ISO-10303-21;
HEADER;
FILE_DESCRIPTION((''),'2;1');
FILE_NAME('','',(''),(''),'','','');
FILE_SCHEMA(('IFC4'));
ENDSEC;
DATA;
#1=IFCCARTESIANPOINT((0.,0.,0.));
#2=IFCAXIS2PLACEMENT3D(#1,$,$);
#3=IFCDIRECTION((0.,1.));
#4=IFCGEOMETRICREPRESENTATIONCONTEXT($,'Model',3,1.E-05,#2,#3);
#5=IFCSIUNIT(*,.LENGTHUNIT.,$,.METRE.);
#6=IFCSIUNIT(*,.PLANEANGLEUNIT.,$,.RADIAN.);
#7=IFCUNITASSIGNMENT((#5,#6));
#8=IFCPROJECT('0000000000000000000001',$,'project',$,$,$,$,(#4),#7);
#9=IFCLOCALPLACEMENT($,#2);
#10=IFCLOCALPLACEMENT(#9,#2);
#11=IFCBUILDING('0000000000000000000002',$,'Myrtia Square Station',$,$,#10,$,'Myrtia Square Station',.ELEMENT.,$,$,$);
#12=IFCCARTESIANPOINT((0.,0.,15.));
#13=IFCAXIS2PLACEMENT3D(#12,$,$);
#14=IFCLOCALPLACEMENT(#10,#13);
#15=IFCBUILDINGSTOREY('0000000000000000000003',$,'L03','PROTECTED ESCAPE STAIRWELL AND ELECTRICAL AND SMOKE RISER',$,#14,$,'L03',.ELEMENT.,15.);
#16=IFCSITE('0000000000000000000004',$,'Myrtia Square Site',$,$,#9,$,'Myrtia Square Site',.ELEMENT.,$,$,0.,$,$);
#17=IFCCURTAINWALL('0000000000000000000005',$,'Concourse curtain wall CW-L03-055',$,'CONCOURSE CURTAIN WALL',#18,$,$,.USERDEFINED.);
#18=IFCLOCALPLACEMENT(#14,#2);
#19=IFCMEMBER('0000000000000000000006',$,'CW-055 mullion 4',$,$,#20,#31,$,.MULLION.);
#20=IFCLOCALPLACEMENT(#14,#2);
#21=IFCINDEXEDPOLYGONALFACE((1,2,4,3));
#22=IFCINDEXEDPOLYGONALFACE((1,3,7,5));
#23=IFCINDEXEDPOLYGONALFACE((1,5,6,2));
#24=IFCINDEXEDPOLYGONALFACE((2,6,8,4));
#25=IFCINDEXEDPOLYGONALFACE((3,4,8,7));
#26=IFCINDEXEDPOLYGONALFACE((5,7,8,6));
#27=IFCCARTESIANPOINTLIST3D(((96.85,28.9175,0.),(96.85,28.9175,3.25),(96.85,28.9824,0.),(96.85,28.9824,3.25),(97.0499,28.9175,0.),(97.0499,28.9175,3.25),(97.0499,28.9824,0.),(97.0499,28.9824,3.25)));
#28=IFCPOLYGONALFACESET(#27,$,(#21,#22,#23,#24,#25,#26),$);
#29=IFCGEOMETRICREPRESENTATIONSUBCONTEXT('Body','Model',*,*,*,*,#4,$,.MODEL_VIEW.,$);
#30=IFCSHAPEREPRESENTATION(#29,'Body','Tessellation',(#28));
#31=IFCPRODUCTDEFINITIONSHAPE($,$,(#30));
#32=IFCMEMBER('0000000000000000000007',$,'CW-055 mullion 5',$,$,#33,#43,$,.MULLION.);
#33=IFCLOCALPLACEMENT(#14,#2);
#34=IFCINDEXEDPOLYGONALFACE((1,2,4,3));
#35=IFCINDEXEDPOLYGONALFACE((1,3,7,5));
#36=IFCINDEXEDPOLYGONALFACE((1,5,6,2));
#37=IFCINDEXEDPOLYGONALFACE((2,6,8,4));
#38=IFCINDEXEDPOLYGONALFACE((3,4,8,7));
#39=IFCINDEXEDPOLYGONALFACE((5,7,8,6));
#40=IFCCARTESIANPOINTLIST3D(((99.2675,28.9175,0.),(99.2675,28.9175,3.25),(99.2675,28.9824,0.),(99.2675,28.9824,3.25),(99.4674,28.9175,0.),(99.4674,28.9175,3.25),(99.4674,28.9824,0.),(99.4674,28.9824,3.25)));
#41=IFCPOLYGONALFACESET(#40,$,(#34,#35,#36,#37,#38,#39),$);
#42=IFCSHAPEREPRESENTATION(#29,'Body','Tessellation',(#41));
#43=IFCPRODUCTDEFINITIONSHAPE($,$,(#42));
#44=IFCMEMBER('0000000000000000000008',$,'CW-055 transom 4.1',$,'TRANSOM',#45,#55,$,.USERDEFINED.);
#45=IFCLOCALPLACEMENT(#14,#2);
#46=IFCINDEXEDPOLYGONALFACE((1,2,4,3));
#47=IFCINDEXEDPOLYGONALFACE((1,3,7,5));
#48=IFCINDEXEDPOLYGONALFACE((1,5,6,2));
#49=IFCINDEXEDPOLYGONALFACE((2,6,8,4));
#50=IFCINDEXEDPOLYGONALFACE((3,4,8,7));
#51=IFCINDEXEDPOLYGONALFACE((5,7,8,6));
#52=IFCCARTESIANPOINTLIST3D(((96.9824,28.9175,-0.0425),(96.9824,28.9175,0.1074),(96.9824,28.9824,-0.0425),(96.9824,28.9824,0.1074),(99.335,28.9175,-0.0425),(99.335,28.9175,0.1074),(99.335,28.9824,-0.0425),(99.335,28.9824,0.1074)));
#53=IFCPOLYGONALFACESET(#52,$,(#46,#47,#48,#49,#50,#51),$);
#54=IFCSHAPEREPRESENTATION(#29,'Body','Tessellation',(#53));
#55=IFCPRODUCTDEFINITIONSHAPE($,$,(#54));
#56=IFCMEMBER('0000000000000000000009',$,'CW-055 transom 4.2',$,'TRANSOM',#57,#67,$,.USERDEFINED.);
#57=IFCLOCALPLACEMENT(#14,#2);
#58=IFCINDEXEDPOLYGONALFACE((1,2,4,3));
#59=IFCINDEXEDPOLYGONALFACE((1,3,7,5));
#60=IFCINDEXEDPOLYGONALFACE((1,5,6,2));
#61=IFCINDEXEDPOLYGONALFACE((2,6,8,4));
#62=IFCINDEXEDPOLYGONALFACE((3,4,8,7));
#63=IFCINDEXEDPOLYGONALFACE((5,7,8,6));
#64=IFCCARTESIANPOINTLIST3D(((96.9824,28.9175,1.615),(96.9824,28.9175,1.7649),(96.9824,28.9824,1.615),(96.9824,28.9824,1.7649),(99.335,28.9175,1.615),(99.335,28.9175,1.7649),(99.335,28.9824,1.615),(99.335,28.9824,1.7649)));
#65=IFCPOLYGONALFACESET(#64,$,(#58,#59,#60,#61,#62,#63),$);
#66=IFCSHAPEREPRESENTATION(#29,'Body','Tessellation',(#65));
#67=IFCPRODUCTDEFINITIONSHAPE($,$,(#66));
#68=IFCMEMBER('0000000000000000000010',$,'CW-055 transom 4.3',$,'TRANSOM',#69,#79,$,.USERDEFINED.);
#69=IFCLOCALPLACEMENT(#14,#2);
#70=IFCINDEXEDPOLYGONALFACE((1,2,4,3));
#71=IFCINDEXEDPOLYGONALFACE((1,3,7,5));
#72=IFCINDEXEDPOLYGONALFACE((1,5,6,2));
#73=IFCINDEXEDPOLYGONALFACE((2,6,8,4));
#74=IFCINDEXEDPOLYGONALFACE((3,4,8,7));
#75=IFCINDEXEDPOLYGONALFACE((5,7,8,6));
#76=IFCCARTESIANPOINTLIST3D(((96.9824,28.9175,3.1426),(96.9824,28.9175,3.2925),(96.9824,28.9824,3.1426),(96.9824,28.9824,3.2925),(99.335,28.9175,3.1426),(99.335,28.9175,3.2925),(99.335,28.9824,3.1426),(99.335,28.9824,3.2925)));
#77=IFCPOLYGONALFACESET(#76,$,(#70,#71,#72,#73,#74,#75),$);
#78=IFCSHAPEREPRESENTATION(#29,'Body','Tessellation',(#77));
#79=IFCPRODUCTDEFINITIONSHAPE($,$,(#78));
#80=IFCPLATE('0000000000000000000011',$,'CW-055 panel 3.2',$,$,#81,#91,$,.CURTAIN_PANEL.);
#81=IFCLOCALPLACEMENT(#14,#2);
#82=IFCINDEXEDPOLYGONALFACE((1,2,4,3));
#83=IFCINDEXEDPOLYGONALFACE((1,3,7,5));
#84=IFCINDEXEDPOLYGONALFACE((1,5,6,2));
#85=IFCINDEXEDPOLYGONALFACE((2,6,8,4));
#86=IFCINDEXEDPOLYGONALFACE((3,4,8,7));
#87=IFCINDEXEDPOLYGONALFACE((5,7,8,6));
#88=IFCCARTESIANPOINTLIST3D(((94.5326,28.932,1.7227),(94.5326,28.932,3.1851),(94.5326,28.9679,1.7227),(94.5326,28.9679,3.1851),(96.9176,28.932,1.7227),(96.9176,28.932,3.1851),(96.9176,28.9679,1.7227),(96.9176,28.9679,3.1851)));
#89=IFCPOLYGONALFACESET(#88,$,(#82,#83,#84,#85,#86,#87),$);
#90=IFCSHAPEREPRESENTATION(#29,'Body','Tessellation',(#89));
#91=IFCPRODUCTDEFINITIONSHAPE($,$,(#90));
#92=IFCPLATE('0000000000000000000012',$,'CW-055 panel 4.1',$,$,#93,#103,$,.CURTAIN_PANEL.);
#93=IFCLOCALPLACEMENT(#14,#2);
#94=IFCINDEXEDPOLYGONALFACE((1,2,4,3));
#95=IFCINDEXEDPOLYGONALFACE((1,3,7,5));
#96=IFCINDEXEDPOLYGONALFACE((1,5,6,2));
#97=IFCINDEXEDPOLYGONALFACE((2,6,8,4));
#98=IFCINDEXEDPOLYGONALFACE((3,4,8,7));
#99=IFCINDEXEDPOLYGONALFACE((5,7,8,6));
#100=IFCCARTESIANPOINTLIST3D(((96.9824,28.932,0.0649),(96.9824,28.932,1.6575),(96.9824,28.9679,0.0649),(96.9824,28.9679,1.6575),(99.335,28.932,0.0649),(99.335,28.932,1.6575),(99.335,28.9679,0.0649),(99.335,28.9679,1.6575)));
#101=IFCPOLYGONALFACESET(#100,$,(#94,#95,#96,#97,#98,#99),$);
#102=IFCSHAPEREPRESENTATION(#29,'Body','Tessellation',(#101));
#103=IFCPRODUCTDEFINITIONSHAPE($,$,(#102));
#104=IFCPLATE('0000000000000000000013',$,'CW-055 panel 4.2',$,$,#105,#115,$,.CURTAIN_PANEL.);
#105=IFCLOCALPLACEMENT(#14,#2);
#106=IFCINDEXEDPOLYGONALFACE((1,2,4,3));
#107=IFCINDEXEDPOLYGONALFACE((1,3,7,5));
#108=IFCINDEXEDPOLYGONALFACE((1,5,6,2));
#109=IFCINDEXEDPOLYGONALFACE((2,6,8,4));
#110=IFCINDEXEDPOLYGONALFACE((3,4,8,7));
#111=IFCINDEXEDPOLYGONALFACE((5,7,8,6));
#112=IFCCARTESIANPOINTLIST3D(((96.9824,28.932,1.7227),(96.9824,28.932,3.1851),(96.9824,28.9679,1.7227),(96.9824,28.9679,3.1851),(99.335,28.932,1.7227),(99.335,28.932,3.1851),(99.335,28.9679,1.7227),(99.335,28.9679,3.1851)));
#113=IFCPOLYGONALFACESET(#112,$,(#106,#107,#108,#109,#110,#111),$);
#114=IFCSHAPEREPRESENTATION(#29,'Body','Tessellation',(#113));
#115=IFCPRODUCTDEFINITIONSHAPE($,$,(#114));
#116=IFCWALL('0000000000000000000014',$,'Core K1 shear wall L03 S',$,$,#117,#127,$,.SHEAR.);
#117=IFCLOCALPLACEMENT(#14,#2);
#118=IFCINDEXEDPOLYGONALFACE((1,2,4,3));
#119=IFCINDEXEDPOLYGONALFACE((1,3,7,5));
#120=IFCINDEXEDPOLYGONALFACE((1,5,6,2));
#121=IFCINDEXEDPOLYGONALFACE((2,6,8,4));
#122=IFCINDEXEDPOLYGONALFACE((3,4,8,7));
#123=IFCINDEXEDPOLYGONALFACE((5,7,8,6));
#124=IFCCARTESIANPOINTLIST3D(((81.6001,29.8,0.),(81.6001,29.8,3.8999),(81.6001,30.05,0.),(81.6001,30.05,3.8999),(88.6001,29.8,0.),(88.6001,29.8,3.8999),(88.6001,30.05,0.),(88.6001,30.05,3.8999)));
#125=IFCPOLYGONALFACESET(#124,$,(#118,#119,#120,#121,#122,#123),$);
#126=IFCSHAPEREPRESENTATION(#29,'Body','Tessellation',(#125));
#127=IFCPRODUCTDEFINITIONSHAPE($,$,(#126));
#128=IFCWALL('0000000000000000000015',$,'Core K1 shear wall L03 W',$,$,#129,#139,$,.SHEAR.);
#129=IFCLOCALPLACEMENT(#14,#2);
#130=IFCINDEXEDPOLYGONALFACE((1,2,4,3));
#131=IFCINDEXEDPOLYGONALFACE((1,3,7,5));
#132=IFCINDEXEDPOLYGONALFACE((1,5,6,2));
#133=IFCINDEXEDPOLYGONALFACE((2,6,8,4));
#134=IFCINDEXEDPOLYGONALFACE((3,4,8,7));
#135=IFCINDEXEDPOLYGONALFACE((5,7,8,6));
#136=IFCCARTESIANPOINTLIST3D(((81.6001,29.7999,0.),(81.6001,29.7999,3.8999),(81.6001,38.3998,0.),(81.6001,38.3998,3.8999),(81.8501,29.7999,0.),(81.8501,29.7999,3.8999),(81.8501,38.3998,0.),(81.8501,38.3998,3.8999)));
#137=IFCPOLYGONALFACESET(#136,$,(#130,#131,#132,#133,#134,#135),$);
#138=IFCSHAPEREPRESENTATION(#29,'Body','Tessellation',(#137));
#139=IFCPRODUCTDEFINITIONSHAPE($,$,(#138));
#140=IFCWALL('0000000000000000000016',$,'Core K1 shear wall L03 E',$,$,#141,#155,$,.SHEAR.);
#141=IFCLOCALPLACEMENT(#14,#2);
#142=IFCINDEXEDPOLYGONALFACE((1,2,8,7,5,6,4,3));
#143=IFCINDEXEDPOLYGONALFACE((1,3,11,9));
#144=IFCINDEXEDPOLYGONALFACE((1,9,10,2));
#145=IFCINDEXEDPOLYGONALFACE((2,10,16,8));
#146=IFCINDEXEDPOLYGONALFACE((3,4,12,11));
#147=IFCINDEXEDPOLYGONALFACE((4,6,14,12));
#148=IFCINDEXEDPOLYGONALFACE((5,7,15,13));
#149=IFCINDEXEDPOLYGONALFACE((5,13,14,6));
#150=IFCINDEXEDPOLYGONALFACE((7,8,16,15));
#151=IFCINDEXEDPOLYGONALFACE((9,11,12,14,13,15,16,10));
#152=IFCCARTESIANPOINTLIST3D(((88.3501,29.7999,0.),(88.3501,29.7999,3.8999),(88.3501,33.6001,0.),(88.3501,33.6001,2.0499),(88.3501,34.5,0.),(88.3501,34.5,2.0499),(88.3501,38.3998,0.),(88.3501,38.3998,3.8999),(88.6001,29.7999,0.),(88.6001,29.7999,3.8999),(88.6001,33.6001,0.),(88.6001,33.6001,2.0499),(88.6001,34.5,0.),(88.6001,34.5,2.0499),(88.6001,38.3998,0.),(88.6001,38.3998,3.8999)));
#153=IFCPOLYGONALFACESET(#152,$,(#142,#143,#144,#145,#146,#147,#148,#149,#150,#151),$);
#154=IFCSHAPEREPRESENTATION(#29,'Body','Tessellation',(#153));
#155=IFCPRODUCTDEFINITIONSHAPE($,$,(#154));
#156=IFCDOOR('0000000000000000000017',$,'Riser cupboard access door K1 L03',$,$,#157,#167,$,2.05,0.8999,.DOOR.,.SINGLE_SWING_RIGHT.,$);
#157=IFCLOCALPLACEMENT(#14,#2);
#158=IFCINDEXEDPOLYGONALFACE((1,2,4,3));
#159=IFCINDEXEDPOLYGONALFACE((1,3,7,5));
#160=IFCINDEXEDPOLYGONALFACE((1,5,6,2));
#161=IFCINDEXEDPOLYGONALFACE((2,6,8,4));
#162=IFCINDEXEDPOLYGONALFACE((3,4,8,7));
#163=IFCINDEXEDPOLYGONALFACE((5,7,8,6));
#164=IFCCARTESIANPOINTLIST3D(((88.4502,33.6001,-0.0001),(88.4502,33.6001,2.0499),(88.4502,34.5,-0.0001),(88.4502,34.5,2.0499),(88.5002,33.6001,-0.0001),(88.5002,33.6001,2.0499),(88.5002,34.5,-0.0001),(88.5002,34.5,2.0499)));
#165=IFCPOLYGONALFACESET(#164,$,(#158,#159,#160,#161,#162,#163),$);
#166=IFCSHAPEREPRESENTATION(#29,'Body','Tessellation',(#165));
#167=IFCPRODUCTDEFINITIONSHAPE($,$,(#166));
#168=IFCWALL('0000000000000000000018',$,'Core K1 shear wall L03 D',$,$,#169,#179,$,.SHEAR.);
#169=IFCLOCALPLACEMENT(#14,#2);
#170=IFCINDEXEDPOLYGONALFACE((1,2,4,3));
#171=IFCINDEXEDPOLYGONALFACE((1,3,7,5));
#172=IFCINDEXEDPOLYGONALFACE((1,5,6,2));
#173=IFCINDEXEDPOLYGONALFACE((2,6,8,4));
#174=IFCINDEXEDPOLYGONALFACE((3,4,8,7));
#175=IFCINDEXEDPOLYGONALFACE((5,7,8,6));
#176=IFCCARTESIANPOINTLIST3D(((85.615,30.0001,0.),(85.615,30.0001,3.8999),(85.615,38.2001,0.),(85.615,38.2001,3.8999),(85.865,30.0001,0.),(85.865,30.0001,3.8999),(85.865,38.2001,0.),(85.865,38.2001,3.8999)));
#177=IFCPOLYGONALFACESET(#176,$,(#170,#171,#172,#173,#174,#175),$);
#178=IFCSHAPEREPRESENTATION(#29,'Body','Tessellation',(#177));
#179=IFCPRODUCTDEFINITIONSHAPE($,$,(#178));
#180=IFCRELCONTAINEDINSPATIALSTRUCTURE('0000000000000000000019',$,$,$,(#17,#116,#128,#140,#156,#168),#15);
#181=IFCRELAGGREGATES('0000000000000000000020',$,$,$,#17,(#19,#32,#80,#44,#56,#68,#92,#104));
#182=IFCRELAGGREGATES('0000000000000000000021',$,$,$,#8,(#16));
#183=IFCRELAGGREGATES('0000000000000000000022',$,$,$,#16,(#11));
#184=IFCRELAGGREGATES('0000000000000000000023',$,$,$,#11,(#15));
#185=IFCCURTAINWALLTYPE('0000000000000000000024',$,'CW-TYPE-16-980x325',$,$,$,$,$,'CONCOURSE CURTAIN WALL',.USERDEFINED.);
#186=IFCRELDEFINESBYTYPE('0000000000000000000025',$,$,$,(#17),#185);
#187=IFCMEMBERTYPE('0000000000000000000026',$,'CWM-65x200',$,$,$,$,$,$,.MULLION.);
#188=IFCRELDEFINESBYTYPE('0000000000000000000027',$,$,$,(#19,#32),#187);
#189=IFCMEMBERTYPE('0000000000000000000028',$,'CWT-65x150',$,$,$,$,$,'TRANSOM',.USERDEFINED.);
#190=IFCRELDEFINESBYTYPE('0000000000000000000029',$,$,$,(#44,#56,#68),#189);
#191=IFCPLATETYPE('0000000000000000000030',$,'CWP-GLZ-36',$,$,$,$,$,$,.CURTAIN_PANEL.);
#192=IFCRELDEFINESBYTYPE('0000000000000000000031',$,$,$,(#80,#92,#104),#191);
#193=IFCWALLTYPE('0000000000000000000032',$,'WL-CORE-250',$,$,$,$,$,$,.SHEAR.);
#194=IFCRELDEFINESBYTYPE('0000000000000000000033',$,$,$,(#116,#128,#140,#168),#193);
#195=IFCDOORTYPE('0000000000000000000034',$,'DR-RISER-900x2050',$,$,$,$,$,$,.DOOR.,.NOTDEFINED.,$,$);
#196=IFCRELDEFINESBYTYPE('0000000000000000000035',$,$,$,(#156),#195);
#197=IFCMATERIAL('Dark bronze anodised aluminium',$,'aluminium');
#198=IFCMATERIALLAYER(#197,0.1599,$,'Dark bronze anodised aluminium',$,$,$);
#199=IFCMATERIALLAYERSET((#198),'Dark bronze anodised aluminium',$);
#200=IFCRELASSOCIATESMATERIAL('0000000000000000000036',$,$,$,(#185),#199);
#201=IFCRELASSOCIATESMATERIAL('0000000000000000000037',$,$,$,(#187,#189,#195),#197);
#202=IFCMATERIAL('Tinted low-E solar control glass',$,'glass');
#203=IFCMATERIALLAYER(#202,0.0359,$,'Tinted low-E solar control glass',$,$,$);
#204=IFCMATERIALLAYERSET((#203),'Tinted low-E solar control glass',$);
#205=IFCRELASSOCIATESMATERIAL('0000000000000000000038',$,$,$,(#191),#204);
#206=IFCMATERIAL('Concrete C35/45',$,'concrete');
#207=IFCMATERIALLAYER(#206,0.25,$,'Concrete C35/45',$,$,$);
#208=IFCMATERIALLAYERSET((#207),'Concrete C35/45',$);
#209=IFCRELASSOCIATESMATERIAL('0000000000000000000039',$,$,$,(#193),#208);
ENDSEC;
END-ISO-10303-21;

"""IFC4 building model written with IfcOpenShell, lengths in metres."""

from ifc_helpers import new_model, si_unit, direction, frame, frame_2d, origin, origin_2d, place, context, subcontext, project, spatial, rectangle, extrude, material, layer, layer_set, material_profile, profile_set, type_object, element, fill, aggregate, save


model = new_model("IFC4")

# Units and contexts
model_context = context("Model", 3, precision=1e-05, world=origin(), true_north=direction((0.0, 1.0)))
body_context = subcontext(model_context, "Body", "Model", "MODEL_VIEW")
ifc_project = project(units=[si_unit("LENGTHUNIT", "METRE"), si_unit("PLANEANGLEUNIT", "RADIAN")], contexts=[model_context])

# Site, building, storey
site_placement = place(None, origin())
site = spatial("IfcSite", under=ifc_project, at=site_placement, Name="Myrtia Square Site", LongName="Myrtia Square Site", CompositionType="ELEMENT", RefElevation=0.0)
building_placement = place(site_placement, origin())
building = spatial("IfcBuilding", under=site, at=building_placement, Name="Myrtia Square Station", LongName="Myrtia Square Station", CompositionType="ELEMENT")
storey_placement = place(building_placement, frame((0.0, 0.0, 15.0)))
storey = spatial("IfcBuildingStorey", under=building, at=storey_placement, Name="L03", Description="PROTECTED ESCAPE STAIRWELL AND ELECTRICAL AND SMOKE RISER", LongName="L03", CompositionType="ELEMENT", Elevation=15.0)

# Curtain wall, members, plates
ifc_material_1 = material(Name="Dark bronze anodised aluminium", Category="aluminium")
ifc_layer_1 = layer(ifc_material_1, 0.1599, Name="Dark bronze anodised aluminium")
ifc_layer_set_1 = layer_set([ifc_layer_1], Name="Dark bronze anodised aluminium")
curtain_wall_type = type_object("IfcCurtainWallType", Name="CW-TYPE-16-980x325", ElementType="CONCOURSE CURTAIN WALL", PredefinedType="USERDEFINED", material=ifc_layer_set_1)
curtain_wall_placement = place(storey_placement, origin())
curtain_wall = element("IfcCurtainWall", 1, at=curtain_wall_placement, inside=storey, type_object=curtain_wall_type, Name="Concourse curtain wall CW-L03-055", ObjectType="CONCOURSE CURTAIN WALL", PredefinedType="USERDEFINED")
ifc_material_profile_1 = material_profile(ifc_material_1, rectangle(XDim=0.0649, YDim=0.2, at=origin_2d()), Name="ALU-M 65x200")
ifc_profile_set_1 = profile_set([ifc_material_profile_1], Name="Dark bronze anodised aluminium")
member_type_1 = type_object("IfcMemberType", Name="CWM-65x200", PredefinedType="MULLION", material=ifc_profile_set_1)
member_1_placement = place(storey_placement, frame((96.95, 28.95, 0.0), z_axis=(0.0, 0.0, 1.0), x_axis=(0.0, 1.0, 0.0)))
member_1 = element("IfcMember", 2, at=member_1_placement, type_object=member_type_1, Name="CW-055 mullion 4", PredefinedType="MULLION", context=body_context, shape_type="SweptSolid", body=[
    extrude(rectangle(XDim=0.0649, YDim=0.2, at=origin_2d()), origin(), (0.0, 0.0, 1.0), 3.25),
])
member_2_placement = place(storey_placement, frame((99.3674, 28.95, 0.0), z_axis=(0.0, 0.0, 1.0), x_axis=(0.0, 1.0, 0.0)))
member_2 = element("IfcMember", 3, at=member_2_placement, type_object=member_type_1, Name="CW-055 mullion 5", PredefinedType="MULLION", context=body_context, shape_type="SweptSolid", body=[
    extrude(rectangle(XDim=0.0649, YDim=0.2, at=origin_2d()), origin(), (0.0, 0.0, 1.0), 3.25),
])
ifc_material_profile_2 = material_profile(ifc_material_1, rectangle(XDim=0.0649, YDim=0.1499, at=origin_2d()), Name="ALU-T 65x150")
ifc_profile_set_2 = profile_set([ifc_material_profile_2], Name="Dark bronze anodised aluminium")
member_type_2 = type_object("IfcMemberType", Name="CWT-65x150", ElementType="TRANSOM", PredefinedType="USERDEFINED", material=ifc_profile_set_2)
member_3_placement = place(storey_placement, frame((96.9824, 28.95, 0.0325), z_axis=(1.0, 0.0, 0.0), x_axis=(0.0, 1.0, 0.0)))
member_3 = element("IfcMember", 4, at=member_3_placement, type_object=member_type_2, Name="CW-055 transom 4.1", ObjectType="TRANSOM", PredefinedType="USERDEFINED", context=body_context, shape_type="SweptSolid", body=[
    extrude(rectangle(XDim=0.0649, YDim=0.1499, at=origin_2d()), origin(), (0.0, 0.0, 1.0), 2.3525),
])
member_4_placement = place(storey_placement, frame((96.9824, 28.95, 1.6899), z_axis=(1.0, 0.0, 0.0), x_axis=(0.0, 1.0, 0.0)))
member_4 = element("IfcMember", 5, at=member_4_placement, type_object=member_type_2, Name="CW-055 transom 4.2", ObjectType="TRANSOM", PredefinedType="USERDEFINED", context=body_context, shape_type="SweptSolid", body=[
    extrude(rectangle(XDim=0.0649, YDim=0.1499, at=origin_2d()), origin(), (0.0, 0.0, 1.0), 2.3525),
])
member_5_placement = place(storey_placement, frame((96.9824, 28.95, 3.2175), z_axis=(1.0, 0.0, 0.0), x_axis=(0.0, 1.0, 0.0)))
member_5 = element("IfcMember", 6, at=member_5_placement, type_object=member_type_2, Name="CW-055 transom 4.3", ObjectType="TRANSOM", PredefinedType="USERDEFINED", context=body_context, shape_type="SweptSolid", body=[
    extrude(rectangle(XDim=0.0649, YDim=0.1499, at=origin_2d()), origin(), (0.0, 0.0, 1.0), 2.3525),
])
ifc_material_2 = material(Name="Tinted low-E solar control glass", Category="glass")
ifc_layer_2 = layer(ifc_material_2, 0.0359, Name="Tinted low-E solar control glass")
ifc_layer_set_2 = layer_set([ifc_layer_2], Name="Tinted low-E solar control glass")
plate_type = type_object("IfcPlateType", Name="CWP-GLZ-36", PredefinedType="CURTAIN_PANEL", material=ifc_layer_set_2)
plate_1_placement = place(storey_placement, frame((95.7251, 28.95, 1.7227), z_axis=(0.0, 0.0, 1.0), x_axis=(1.0, 0.0, 0.0)))
plate_1 = element("IfcPlate", 7, at=plate_1_placement, type_object=plate_type, Name="CW-055 panel 3.2", PredefinedType="CURTAIN_PANEL", context=body_context, shape_type="SweptSolid", body=[
    extrude(rectangle(XDim=2.385, YDim=0.0359, at=origin_2d()), origin(), (0.0, 0.0, 1.0), 1.4624),
])
plate_2_placement = place(storey_placement, frame((98.1587, 28.95, 0.0649), z_axis=(0.0, 0.0, 1.0), x_axis=(1.0, 0.0, 0.0)))
plate_2 = element("IfcPlate", 8, at=plate_2_placement, type_object=plate_type, Name="CW-055 panel 4.1", PredefinedType="CURTAIN_PANEL", context=body_context, shape_type="SweptSolid", body=[
    extrude(rectangle(XDim=2.3525, YDim=0.0359, at=origin_2d()), origin(), (0.0, 0.0, 1.0), 1.5925),
])
plate_3_placement = place(storey_placement, frame((98.1587, 28.95, 1.7227), z_axis=(0.0, 0.0, 1.0), x_axis=(1.0, 0.0, 0.0)))
plate_3 = element("IfcPlate", 9, at=plate_3_placement, type_object=plate_type, Name="CW-055 panel 4.2", PredefinedType="CURTAIN_PANEL", context=body_context, shape_type="SweptSolid", body=[
    extrude(rectangle(XDim=2.3525, YDim=0.0359, at=origin_2d()), origin(), (0.0, 0.0, 1.0), 1.4624),
])
aggregate(curtain_wall, [member_1, member_2, plate_1, member_3, member_4, member_5, plate_2, plate_3])

# Walls
ifc_material_3 = material(Name="Concrete C35/45", Category="concrete")
ifc_layer_3 = layer(ifc_material_3, 0.25, Name="Concrete C35/45")
ifc_layer_set_3 = layer_set([ifc_layer_3], Name="Concrete C35/45")
wall_type_1 = type_object("IfcWallType", Name="WL-CORE-250", PredefinedType="SHEAR", material=ifc_layer_set_3)
wall_1_placement = place(storey_placement, frame((81.6001, 29.925, 0.0), z_axis=(0.0, 0.0, 1.0), x_axis=(1.0, 0.0, 0.0)))
element("IfcWall", 10, at=wall_1_placement, inside=storey, type_object=wall_type_1, Name="Core K1 shear wall L03 S", PredefinedType="SHEAR", context=body_context, shape_type="SweptSolid", body=[
    extrude(rectangle(XDim=7.0, YDim=0.25, at=frame_2d((3.5, 0.0))), origin(), (0.0, 0.0, 1.0), 3.8999),
])
wall_2_placement = place(storey_placement, frame((81.7251, 29.8, 0.0), z_axis=(0.0, 0.0, 1.0), x_axis=(0.0, 1.0, 0.0)))
element("IfcWall", 11, at=wall_2_placement, inside=storey, type_object=wall_type_1, Name="Core K1 shear wall L03 W", PredefinedType="SHEAR", context=body_context, shape_type="SweptSolid", body=[
    extrude(rectangle(XDim=8.5999, YDim=0.25, at=frame_2d((4.2998, 0.0))), origin(), (0.0, 0.0, 1.0), 3.8999),
])

# Wall, opening, door
wall_3_placement = place(storey_placement, frame((88.4751, 29.8, 0.0), z_axis=(0.0, 0.0, 1.0), x_axis=(0.0, 1.0, 0.0)))
wall_3 = element("IfcWall", 12, at=wall_3_placement, inside=storey, type_object=wall_type_1, Name="Core K1 shear wall L03 E", PredefinedType="SHEAR", context=body_context, shape_type="SweptSolid", body=[
    extrude(rectangle(XDim=8.5999, YDim=0.25, at=frame_2d((4.2998, 0.0))), origin(), (0.0, 0.0, 1.0), 3.8999),
])
opening_1_placement = place(wall_3_placement, frame((3.8, 0.0, 0.0)))
opening_1 = element("IfcOpeningElement", 13, at=opening_1_placement, cuts=wall_3, PredefinedType="OPENING", context=body_context, shape_type="SweptSolid", body=[
    extrude(rectangle(XDim=0.8999, YDim=2.05, at=frame_2d((0.45, 1.0249))), frame((0.0, 0.1399, 0.0), z_axis=(0.0, -1.0, 0.0), x_axis=(1.0, 0.0, 0.0)), (0.0, 0.0, 1.0), 0.28),
])
door_type_1 = type_object("IfcDoorType", Name="DR-RISER-900x2050", OperationType="NOTDEFINED", PredefinedType="DOOR", material=ifc_material_1)
door_1_placement = place(opening_1_placement, origin())
door_1 = element("IfcDoor", 14, at=door_1_placement, inside=storey, type_object=door_type_1, Name="Riser cupboard access door K1 L03", OperationType="SINGLE_SWING_RIGHT", OverallHeight=2.05, OverallWidth=0.8999, PredefinedType="DOOR", context=body_context, shape_type="SweptSolid", body=[
    extrude(rectangle(XDim=0.8999, YDim=2.05, at=frame_2d((0.45, 1.0249))), frame((0.0, 0.0249, 0.0), z_axis=(0.0, -1.0, 0.0), x_axis=(1.0, 0.0, 0.0)), (0.0, 0.0, 1.0), 0.05),
])
fill(opening_1, door_1)

# Wall
wall_4_placement = place(storey_placement, frame((85.74, 30.0, 0.0), z_axis=(0.0, 0.0, 1.0), x_axis=(0.0, 1.0, 0.0)))
element("IfcWall", 15, at=wall_4_placement, inside=storey, type_object=wall_type_1, Name="Core K1 shear wall L03 D", PredefinedType="SHEAR", context=body_context, shape_type="SweptSolid", body=[
    extrude(rectangle(XDim=8.2, YDim=0.25, at=frame_2d((4.1001, 0.0))), origin(), (0.0, 0.0, 1.0), 3.8999),
])

save(model, "model.ifc")
